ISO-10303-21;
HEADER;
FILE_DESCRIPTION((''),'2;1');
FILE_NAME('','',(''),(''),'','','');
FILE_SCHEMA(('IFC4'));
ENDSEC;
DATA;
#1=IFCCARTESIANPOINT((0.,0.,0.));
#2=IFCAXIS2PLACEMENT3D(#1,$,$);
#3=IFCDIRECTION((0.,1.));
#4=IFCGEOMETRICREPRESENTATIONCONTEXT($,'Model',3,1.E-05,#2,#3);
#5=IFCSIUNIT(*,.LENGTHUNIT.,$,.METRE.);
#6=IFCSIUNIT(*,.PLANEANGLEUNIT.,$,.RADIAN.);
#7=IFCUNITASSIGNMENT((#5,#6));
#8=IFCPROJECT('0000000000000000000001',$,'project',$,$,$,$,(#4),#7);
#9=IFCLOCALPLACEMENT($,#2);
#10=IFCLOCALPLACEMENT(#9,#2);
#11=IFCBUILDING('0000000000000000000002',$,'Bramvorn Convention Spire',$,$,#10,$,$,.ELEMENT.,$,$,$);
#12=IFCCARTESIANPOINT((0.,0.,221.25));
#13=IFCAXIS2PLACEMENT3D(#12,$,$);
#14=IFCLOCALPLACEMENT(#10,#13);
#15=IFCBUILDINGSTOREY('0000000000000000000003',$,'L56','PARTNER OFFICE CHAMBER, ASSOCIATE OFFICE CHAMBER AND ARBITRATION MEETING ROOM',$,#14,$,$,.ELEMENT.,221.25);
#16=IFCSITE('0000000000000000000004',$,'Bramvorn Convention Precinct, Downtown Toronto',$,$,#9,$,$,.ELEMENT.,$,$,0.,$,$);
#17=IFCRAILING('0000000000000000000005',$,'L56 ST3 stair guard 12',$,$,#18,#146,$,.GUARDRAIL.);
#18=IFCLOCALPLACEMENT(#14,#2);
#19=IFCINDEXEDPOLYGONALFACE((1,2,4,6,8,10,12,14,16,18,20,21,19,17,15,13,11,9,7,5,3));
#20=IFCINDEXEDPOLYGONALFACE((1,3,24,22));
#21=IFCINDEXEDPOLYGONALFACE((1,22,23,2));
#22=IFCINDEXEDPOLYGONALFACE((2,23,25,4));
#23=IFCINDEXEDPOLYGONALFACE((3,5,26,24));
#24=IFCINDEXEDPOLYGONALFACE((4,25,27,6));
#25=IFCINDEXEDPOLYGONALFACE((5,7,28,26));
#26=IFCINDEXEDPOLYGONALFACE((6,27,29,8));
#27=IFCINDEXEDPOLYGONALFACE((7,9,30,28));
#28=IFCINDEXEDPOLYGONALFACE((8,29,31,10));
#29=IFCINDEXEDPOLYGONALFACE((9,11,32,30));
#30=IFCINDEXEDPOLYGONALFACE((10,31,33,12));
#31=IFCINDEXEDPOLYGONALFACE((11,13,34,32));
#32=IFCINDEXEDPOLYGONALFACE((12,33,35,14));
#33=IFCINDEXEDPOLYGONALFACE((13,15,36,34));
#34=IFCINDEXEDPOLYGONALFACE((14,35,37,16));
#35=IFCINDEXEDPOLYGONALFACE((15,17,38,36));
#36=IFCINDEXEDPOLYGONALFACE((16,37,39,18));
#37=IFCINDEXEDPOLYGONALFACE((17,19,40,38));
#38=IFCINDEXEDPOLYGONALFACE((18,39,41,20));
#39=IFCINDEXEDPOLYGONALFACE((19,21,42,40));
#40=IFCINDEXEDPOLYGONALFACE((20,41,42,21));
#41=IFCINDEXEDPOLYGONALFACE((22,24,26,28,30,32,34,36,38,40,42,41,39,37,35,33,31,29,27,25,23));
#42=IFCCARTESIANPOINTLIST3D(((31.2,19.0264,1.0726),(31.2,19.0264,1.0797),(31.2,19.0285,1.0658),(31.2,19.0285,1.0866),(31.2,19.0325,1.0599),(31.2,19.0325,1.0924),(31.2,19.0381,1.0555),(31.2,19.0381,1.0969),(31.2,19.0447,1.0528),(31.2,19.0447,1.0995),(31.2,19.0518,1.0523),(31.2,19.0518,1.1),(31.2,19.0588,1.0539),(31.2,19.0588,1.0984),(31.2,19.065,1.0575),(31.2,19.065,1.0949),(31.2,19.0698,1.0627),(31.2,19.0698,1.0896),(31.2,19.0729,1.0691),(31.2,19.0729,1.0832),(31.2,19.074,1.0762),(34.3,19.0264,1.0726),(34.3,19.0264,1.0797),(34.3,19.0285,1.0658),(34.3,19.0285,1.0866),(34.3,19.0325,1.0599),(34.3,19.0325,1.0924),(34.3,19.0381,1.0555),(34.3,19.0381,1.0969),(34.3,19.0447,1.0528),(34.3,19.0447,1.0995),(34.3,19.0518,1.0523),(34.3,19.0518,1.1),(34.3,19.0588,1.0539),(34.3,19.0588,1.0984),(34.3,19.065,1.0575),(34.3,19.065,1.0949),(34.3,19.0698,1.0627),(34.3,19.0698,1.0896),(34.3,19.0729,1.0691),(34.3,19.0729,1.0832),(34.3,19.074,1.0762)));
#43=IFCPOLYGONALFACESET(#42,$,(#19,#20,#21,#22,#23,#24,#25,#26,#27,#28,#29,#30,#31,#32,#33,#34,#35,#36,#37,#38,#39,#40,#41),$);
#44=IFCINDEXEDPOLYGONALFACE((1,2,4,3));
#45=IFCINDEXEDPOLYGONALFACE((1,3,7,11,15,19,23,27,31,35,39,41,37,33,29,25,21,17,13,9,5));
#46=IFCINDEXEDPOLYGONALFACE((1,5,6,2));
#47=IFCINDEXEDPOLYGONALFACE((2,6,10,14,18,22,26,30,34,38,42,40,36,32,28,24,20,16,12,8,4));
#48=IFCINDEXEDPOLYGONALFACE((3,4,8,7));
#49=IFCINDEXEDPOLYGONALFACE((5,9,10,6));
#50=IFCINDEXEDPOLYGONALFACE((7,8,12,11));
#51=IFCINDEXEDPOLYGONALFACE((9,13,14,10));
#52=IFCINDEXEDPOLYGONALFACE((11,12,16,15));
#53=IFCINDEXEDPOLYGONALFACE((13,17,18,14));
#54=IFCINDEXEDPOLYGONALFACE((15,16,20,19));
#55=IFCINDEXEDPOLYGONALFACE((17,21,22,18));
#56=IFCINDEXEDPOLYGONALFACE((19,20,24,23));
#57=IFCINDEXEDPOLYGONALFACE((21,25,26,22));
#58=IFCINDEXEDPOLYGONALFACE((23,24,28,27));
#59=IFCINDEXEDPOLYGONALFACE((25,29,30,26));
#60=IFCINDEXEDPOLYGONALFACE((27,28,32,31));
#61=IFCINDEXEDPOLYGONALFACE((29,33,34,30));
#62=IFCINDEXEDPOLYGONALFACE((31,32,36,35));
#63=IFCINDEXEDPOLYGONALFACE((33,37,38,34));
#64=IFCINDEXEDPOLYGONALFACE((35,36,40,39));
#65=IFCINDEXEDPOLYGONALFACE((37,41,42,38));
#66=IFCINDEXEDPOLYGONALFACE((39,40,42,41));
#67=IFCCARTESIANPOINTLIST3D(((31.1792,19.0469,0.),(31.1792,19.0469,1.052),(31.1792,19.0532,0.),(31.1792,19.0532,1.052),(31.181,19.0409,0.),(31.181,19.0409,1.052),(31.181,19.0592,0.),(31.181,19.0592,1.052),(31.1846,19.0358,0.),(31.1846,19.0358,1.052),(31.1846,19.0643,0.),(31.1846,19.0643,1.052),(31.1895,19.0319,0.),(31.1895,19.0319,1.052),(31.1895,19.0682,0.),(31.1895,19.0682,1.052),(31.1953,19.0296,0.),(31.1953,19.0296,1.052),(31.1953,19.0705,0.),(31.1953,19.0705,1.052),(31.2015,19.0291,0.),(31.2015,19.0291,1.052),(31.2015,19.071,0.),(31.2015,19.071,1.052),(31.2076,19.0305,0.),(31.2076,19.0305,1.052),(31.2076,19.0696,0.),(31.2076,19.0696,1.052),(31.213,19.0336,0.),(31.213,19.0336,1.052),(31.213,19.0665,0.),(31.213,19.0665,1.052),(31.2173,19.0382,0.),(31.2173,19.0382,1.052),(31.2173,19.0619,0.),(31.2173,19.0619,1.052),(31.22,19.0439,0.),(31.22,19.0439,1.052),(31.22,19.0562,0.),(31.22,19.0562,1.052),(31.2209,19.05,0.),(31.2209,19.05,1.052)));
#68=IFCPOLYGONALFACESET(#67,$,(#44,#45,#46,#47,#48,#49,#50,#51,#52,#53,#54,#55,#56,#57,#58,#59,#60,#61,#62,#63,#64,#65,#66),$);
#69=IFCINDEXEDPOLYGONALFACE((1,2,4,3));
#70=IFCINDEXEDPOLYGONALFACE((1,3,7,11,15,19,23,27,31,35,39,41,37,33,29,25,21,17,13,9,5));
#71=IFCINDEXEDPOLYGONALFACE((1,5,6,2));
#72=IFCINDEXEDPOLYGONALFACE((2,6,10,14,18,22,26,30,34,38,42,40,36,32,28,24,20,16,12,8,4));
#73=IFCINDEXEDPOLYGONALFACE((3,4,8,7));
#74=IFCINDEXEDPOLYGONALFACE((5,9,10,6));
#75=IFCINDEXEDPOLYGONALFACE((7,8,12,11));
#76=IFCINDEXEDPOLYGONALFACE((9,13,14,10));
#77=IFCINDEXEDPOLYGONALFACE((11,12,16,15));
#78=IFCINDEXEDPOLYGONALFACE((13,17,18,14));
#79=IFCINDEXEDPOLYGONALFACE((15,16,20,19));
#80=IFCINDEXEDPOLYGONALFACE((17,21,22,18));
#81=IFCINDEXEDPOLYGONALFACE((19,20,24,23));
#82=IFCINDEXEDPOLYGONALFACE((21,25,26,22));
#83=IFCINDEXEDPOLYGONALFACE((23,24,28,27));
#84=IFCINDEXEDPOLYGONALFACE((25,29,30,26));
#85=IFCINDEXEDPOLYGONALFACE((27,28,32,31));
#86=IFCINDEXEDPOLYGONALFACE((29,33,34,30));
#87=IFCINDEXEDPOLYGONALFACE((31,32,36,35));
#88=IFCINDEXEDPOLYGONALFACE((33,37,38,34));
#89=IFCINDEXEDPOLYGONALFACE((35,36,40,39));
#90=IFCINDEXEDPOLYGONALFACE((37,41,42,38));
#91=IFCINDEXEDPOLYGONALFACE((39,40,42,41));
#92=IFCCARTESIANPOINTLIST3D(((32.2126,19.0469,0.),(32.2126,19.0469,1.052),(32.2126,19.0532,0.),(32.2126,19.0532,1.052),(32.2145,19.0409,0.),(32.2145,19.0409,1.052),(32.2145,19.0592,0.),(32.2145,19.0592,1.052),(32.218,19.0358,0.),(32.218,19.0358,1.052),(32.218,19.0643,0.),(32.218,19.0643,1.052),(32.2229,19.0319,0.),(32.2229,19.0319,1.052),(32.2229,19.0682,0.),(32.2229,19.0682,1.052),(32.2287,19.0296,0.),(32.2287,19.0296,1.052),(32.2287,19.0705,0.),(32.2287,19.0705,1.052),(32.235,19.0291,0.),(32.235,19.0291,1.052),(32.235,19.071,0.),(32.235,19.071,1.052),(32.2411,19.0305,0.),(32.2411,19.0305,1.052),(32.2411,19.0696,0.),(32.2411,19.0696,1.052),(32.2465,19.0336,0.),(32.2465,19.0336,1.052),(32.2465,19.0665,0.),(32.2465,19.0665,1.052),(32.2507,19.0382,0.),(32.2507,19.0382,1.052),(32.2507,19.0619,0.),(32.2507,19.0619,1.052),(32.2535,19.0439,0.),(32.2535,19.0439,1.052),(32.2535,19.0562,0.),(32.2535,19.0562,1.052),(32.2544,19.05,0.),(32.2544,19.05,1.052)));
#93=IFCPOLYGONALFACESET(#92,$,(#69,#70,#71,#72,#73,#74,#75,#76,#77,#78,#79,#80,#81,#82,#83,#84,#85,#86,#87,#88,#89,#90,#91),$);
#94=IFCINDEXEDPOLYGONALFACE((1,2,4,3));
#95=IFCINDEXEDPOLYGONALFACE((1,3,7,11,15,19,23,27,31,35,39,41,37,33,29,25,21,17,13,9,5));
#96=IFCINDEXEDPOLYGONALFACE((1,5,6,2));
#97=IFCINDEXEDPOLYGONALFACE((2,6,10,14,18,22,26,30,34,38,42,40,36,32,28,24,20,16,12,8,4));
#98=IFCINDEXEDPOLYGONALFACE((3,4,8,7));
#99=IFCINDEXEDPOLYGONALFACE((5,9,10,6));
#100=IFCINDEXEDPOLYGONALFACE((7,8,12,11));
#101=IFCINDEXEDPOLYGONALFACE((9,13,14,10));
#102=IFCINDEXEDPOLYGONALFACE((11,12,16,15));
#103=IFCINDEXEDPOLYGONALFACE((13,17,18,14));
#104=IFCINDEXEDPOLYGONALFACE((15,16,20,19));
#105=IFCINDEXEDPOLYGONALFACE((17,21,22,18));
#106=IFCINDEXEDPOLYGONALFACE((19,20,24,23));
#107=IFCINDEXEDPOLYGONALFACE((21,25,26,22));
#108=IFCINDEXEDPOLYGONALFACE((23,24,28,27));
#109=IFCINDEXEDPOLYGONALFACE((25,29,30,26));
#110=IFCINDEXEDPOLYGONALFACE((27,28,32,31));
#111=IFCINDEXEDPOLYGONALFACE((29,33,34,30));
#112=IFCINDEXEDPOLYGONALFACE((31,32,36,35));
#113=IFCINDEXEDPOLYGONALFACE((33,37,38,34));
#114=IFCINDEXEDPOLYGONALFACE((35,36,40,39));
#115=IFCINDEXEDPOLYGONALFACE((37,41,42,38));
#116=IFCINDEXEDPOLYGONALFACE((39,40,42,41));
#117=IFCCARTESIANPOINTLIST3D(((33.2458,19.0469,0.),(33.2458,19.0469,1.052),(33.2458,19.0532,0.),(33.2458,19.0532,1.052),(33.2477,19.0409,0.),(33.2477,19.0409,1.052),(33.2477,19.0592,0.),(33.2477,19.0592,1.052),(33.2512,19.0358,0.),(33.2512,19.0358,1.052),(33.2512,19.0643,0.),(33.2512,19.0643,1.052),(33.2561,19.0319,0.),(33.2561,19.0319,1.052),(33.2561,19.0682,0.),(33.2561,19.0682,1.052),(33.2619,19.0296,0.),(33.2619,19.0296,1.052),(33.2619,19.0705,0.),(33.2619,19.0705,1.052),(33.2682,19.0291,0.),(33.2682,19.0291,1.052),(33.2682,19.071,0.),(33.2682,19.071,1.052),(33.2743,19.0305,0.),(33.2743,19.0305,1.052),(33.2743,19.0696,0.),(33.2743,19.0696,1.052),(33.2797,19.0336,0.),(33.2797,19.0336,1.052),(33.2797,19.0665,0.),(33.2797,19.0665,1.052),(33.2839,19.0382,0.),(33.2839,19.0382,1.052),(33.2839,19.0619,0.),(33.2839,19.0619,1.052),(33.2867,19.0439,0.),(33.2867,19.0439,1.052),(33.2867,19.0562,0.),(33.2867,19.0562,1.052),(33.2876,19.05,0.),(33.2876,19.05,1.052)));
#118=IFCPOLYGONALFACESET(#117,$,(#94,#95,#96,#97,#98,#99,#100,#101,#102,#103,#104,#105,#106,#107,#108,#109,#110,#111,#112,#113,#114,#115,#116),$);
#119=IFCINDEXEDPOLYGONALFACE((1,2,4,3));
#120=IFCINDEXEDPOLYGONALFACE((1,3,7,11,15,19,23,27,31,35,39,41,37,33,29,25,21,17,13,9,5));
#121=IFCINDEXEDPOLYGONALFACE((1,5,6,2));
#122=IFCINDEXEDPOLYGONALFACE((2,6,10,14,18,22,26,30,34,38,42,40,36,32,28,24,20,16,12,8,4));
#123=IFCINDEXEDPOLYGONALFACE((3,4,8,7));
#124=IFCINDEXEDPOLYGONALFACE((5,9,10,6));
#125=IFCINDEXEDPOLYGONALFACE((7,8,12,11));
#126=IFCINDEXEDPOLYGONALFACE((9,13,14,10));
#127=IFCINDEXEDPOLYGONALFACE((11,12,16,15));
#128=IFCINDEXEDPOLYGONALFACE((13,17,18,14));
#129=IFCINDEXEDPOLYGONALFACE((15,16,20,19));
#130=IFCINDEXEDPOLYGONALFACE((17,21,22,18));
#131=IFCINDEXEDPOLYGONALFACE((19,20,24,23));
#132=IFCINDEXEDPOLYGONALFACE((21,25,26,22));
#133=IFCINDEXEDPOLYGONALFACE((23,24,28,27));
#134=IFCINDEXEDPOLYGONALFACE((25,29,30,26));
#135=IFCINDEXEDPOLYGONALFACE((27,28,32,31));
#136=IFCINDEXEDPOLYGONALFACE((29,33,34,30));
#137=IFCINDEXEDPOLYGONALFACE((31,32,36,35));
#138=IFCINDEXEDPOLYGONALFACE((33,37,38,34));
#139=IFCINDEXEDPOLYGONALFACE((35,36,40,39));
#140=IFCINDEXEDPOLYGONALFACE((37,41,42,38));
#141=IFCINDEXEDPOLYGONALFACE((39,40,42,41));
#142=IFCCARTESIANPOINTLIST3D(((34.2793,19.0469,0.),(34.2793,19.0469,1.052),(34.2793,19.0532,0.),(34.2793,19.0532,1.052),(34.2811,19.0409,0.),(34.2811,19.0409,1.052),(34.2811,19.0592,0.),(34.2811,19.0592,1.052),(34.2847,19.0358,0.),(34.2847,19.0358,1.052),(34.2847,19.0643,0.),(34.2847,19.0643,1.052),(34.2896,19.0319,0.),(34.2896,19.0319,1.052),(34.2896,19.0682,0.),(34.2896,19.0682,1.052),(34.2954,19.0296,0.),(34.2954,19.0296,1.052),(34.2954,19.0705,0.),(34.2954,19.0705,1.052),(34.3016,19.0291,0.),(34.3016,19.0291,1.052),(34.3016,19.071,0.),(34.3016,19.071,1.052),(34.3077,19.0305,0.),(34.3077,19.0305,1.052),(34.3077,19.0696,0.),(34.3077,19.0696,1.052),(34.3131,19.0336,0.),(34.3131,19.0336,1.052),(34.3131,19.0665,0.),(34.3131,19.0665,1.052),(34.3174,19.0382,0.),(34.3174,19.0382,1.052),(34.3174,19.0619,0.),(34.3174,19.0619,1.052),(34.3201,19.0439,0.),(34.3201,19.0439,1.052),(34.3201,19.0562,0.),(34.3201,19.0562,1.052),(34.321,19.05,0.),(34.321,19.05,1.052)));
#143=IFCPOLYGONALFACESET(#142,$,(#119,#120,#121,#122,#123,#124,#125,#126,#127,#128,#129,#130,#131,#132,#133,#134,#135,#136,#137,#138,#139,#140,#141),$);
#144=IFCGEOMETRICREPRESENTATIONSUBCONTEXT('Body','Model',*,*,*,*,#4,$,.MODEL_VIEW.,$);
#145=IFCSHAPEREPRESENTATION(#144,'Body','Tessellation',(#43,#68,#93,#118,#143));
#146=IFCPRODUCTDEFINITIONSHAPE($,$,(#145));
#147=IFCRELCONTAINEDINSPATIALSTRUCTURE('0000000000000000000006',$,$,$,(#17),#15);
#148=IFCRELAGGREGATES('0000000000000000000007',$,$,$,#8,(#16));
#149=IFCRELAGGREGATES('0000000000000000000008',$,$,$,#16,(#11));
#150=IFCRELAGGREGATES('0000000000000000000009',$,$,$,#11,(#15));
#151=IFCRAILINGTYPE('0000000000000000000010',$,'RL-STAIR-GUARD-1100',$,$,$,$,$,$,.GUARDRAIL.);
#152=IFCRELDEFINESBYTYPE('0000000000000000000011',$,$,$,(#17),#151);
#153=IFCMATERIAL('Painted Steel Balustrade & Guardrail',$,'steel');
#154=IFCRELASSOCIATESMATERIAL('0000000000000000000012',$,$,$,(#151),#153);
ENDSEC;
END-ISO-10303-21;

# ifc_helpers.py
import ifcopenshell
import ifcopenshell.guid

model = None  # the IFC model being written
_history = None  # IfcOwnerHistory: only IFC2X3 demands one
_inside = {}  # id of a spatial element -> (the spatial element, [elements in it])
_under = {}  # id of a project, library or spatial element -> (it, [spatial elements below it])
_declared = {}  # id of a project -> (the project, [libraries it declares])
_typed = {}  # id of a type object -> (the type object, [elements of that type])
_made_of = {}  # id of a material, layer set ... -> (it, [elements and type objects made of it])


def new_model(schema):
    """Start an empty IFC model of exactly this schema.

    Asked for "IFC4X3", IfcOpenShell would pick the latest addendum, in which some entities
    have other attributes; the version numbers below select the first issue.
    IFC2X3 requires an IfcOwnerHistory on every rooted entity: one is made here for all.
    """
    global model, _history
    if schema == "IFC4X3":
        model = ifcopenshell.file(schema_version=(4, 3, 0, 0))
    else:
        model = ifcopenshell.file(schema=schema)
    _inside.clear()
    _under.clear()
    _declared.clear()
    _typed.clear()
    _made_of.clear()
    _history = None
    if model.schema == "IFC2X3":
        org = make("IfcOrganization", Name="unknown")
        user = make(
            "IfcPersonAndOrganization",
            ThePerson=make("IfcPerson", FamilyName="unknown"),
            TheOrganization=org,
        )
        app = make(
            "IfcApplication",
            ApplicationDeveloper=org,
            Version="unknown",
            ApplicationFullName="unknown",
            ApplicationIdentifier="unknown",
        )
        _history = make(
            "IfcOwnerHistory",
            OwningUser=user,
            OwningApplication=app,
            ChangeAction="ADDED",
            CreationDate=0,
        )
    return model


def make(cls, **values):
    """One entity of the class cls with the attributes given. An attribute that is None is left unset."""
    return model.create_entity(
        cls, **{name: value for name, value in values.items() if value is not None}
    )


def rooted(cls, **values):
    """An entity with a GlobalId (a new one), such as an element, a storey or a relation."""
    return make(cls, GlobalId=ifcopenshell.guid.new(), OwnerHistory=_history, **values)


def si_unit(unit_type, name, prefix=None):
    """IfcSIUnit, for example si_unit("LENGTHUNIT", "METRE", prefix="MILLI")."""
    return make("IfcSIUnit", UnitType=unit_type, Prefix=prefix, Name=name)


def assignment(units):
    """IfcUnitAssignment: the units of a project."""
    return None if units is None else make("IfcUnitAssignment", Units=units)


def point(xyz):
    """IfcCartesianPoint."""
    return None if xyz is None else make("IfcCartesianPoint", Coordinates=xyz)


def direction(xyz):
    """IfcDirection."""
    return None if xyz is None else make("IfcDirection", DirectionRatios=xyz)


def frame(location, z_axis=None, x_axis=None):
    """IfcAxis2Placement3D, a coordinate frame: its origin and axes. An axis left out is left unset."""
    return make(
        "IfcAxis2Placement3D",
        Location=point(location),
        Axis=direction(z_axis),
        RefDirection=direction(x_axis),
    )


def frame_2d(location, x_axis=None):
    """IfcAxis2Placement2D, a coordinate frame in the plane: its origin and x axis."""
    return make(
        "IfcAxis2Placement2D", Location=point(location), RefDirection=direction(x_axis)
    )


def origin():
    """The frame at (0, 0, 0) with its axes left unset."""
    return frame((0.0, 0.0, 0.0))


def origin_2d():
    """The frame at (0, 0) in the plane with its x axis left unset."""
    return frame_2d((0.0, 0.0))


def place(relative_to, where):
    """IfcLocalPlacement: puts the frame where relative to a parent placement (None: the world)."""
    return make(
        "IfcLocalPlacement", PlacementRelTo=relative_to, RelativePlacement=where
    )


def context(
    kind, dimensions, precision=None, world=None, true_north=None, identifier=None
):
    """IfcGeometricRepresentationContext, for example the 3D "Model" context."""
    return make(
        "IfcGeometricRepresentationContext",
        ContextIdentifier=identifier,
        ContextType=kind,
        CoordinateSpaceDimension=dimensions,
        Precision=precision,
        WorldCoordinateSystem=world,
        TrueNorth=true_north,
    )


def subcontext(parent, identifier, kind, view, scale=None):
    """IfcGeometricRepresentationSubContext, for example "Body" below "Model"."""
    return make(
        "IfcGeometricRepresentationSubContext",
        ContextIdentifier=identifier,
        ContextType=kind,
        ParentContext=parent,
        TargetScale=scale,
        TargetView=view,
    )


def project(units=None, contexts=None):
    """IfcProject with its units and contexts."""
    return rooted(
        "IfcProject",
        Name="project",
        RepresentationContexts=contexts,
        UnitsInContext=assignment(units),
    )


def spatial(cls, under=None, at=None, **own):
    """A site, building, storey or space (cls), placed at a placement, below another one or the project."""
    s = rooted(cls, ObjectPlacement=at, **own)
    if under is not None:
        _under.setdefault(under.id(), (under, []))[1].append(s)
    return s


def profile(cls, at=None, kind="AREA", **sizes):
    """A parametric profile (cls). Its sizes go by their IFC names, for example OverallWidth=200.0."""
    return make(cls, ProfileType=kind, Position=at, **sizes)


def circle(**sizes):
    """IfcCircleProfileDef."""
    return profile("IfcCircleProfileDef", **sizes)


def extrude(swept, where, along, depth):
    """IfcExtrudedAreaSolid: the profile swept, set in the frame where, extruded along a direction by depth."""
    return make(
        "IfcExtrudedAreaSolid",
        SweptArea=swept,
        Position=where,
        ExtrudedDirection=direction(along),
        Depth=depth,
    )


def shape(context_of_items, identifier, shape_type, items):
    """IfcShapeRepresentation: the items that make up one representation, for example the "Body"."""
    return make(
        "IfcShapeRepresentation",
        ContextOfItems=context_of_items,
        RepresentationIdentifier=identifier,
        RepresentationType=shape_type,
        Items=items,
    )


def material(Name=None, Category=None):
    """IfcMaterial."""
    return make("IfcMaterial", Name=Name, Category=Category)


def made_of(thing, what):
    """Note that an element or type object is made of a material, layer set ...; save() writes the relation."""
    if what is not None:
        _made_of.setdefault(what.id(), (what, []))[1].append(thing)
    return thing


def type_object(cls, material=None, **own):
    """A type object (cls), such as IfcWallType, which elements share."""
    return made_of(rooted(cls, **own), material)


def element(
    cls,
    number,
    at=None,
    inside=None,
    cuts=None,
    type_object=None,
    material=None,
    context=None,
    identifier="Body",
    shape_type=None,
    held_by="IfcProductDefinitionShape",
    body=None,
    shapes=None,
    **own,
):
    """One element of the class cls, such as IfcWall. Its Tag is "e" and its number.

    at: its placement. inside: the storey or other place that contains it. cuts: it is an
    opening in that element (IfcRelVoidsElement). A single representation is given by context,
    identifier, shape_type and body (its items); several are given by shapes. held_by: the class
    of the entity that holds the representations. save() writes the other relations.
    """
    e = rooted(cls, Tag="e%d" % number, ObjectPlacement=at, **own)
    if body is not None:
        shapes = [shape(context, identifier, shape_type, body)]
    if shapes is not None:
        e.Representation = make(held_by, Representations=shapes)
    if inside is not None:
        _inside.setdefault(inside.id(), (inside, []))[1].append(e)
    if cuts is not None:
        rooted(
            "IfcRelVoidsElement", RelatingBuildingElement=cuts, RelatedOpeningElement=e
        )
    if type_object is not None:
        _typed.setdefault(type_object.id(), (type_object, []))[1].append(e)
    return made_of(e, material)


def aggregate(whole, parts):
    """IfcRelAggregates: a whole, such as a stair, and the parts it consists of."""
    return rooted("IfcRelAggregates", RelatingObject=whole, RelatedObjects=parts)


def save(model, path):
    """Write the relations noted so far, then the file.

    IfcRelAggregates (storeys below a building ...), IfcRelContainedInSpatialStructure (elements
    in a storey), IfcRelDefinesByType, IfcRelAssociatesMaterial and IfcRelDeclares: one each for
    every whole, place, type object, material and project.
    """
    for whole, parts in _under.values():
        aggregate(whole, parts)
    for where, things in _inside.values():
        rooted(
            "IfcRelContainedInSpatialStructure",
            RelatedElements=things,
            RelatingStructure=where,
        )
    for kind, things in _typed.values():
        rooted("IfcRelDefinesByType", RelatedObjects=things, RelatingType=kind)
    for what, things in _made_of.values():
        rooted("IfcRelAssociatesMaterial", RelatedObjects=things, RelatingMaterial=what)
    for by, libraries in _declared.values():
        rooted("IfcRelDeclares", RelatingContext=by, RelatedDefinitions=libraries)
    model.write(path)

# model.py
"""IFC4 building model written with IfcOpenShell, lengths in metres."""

from ifc_helpers import new_model, si_unit, direction, frame, origin, origin_2d, place, context, subcontext, project, spatial, circle, extrude, material, type_object, element, save


model = new_model("IFC4")

# Units and contexts
model_context = context("Model", 3, precision=1e-05, world=origin(), true_north=direction((0.0, 1.0)))
body_context = subcontext(model_context, "Body", "Model", "MODEL_VIEW")
ifc_project = project(units=[si_unit("LENGTHUNIT", "METRE"), si_unit("PLANEANGLEUNIT", "RADIAN")], contexts=[model_context])

# Site, building, storey
site_placement = place(None, origin())
site = spatial("IfcSite", under=ifc_project, at=site_placement, Name="Bramvorn Convention Precinct, Downtown Toronto", CompositionType="ELEMENT", RefElevation=0.0)
building_placement = place(site_placement, origin())
building = spatial("IfcBuilding", under=site, at=building_placement, Name="Bramvorn Convention Spire", CompositionType="ELEMENT")
storey_placement = place(building_placement, frame((0.0, 0.0, 221.25)))
storey = spatial("IfcBuildingStorey", under=building, at=storey_placement, Name="L56", Description="PARTNER OFFICE CHAMBER, ASSOCIATE OFFICE CHAMBER AND ARBITRATION MEETING ROOM", CompositionType="ELEMENT", Elevation=221.25)

# Railing
ifc_material_1 = material(Name="Painted Steel Balustrade & Guardrail", Category="steel")
railing_type = type_object("IfcRailingType", Name="RL-STAIR-GUARD-1100", PredefinedType="GUARDRAIL", material=ifc_material_1)
railing_1_placement = place(storey_placement, frame((31.2, 19.05, 0.0)))
element("IfcRailing", 1, at=railing_1_placement, inside=storey, type_object=railing_type, Name="L56 ST3 stair guard 12", PredefinedType="GUARDRAIL", context=body_context, shape_type="SweptSolid", body=[
    extrude(circle(Radius=0.0239, at=origin_2d()), frame((0.0, 0.0, 1.0762), z_axis=(1.0, 0.0, 0.0), x_axis=(0.0, 1.0, 0.0)), (0.0, 0.0, 1.0), 3.1001),
    extrude(circle(Radius=0.021, at=origin_2d()), origin(), (0.0, 0.0, 1.0), 1.052),
    extrude(circle(Radius=0.021, at=origin_2d()), frame((1.0334, 0.0, 0.0)), (0.0, 0.0, 1.0), 1.052),
    extrude(circle(Radius=0.021, at=origin_2d()), frame((2.0667, 0.0, 0.0)), (0.0, 0.0, 1.0), 1.052),
    extrude(circle(Radius=0.021, at=origin_2d()), frame((3.1001, 0.0, 0.0)), (0.0, 0.0, 1.0), 1.052),
])

save(model, "model.ifc")
